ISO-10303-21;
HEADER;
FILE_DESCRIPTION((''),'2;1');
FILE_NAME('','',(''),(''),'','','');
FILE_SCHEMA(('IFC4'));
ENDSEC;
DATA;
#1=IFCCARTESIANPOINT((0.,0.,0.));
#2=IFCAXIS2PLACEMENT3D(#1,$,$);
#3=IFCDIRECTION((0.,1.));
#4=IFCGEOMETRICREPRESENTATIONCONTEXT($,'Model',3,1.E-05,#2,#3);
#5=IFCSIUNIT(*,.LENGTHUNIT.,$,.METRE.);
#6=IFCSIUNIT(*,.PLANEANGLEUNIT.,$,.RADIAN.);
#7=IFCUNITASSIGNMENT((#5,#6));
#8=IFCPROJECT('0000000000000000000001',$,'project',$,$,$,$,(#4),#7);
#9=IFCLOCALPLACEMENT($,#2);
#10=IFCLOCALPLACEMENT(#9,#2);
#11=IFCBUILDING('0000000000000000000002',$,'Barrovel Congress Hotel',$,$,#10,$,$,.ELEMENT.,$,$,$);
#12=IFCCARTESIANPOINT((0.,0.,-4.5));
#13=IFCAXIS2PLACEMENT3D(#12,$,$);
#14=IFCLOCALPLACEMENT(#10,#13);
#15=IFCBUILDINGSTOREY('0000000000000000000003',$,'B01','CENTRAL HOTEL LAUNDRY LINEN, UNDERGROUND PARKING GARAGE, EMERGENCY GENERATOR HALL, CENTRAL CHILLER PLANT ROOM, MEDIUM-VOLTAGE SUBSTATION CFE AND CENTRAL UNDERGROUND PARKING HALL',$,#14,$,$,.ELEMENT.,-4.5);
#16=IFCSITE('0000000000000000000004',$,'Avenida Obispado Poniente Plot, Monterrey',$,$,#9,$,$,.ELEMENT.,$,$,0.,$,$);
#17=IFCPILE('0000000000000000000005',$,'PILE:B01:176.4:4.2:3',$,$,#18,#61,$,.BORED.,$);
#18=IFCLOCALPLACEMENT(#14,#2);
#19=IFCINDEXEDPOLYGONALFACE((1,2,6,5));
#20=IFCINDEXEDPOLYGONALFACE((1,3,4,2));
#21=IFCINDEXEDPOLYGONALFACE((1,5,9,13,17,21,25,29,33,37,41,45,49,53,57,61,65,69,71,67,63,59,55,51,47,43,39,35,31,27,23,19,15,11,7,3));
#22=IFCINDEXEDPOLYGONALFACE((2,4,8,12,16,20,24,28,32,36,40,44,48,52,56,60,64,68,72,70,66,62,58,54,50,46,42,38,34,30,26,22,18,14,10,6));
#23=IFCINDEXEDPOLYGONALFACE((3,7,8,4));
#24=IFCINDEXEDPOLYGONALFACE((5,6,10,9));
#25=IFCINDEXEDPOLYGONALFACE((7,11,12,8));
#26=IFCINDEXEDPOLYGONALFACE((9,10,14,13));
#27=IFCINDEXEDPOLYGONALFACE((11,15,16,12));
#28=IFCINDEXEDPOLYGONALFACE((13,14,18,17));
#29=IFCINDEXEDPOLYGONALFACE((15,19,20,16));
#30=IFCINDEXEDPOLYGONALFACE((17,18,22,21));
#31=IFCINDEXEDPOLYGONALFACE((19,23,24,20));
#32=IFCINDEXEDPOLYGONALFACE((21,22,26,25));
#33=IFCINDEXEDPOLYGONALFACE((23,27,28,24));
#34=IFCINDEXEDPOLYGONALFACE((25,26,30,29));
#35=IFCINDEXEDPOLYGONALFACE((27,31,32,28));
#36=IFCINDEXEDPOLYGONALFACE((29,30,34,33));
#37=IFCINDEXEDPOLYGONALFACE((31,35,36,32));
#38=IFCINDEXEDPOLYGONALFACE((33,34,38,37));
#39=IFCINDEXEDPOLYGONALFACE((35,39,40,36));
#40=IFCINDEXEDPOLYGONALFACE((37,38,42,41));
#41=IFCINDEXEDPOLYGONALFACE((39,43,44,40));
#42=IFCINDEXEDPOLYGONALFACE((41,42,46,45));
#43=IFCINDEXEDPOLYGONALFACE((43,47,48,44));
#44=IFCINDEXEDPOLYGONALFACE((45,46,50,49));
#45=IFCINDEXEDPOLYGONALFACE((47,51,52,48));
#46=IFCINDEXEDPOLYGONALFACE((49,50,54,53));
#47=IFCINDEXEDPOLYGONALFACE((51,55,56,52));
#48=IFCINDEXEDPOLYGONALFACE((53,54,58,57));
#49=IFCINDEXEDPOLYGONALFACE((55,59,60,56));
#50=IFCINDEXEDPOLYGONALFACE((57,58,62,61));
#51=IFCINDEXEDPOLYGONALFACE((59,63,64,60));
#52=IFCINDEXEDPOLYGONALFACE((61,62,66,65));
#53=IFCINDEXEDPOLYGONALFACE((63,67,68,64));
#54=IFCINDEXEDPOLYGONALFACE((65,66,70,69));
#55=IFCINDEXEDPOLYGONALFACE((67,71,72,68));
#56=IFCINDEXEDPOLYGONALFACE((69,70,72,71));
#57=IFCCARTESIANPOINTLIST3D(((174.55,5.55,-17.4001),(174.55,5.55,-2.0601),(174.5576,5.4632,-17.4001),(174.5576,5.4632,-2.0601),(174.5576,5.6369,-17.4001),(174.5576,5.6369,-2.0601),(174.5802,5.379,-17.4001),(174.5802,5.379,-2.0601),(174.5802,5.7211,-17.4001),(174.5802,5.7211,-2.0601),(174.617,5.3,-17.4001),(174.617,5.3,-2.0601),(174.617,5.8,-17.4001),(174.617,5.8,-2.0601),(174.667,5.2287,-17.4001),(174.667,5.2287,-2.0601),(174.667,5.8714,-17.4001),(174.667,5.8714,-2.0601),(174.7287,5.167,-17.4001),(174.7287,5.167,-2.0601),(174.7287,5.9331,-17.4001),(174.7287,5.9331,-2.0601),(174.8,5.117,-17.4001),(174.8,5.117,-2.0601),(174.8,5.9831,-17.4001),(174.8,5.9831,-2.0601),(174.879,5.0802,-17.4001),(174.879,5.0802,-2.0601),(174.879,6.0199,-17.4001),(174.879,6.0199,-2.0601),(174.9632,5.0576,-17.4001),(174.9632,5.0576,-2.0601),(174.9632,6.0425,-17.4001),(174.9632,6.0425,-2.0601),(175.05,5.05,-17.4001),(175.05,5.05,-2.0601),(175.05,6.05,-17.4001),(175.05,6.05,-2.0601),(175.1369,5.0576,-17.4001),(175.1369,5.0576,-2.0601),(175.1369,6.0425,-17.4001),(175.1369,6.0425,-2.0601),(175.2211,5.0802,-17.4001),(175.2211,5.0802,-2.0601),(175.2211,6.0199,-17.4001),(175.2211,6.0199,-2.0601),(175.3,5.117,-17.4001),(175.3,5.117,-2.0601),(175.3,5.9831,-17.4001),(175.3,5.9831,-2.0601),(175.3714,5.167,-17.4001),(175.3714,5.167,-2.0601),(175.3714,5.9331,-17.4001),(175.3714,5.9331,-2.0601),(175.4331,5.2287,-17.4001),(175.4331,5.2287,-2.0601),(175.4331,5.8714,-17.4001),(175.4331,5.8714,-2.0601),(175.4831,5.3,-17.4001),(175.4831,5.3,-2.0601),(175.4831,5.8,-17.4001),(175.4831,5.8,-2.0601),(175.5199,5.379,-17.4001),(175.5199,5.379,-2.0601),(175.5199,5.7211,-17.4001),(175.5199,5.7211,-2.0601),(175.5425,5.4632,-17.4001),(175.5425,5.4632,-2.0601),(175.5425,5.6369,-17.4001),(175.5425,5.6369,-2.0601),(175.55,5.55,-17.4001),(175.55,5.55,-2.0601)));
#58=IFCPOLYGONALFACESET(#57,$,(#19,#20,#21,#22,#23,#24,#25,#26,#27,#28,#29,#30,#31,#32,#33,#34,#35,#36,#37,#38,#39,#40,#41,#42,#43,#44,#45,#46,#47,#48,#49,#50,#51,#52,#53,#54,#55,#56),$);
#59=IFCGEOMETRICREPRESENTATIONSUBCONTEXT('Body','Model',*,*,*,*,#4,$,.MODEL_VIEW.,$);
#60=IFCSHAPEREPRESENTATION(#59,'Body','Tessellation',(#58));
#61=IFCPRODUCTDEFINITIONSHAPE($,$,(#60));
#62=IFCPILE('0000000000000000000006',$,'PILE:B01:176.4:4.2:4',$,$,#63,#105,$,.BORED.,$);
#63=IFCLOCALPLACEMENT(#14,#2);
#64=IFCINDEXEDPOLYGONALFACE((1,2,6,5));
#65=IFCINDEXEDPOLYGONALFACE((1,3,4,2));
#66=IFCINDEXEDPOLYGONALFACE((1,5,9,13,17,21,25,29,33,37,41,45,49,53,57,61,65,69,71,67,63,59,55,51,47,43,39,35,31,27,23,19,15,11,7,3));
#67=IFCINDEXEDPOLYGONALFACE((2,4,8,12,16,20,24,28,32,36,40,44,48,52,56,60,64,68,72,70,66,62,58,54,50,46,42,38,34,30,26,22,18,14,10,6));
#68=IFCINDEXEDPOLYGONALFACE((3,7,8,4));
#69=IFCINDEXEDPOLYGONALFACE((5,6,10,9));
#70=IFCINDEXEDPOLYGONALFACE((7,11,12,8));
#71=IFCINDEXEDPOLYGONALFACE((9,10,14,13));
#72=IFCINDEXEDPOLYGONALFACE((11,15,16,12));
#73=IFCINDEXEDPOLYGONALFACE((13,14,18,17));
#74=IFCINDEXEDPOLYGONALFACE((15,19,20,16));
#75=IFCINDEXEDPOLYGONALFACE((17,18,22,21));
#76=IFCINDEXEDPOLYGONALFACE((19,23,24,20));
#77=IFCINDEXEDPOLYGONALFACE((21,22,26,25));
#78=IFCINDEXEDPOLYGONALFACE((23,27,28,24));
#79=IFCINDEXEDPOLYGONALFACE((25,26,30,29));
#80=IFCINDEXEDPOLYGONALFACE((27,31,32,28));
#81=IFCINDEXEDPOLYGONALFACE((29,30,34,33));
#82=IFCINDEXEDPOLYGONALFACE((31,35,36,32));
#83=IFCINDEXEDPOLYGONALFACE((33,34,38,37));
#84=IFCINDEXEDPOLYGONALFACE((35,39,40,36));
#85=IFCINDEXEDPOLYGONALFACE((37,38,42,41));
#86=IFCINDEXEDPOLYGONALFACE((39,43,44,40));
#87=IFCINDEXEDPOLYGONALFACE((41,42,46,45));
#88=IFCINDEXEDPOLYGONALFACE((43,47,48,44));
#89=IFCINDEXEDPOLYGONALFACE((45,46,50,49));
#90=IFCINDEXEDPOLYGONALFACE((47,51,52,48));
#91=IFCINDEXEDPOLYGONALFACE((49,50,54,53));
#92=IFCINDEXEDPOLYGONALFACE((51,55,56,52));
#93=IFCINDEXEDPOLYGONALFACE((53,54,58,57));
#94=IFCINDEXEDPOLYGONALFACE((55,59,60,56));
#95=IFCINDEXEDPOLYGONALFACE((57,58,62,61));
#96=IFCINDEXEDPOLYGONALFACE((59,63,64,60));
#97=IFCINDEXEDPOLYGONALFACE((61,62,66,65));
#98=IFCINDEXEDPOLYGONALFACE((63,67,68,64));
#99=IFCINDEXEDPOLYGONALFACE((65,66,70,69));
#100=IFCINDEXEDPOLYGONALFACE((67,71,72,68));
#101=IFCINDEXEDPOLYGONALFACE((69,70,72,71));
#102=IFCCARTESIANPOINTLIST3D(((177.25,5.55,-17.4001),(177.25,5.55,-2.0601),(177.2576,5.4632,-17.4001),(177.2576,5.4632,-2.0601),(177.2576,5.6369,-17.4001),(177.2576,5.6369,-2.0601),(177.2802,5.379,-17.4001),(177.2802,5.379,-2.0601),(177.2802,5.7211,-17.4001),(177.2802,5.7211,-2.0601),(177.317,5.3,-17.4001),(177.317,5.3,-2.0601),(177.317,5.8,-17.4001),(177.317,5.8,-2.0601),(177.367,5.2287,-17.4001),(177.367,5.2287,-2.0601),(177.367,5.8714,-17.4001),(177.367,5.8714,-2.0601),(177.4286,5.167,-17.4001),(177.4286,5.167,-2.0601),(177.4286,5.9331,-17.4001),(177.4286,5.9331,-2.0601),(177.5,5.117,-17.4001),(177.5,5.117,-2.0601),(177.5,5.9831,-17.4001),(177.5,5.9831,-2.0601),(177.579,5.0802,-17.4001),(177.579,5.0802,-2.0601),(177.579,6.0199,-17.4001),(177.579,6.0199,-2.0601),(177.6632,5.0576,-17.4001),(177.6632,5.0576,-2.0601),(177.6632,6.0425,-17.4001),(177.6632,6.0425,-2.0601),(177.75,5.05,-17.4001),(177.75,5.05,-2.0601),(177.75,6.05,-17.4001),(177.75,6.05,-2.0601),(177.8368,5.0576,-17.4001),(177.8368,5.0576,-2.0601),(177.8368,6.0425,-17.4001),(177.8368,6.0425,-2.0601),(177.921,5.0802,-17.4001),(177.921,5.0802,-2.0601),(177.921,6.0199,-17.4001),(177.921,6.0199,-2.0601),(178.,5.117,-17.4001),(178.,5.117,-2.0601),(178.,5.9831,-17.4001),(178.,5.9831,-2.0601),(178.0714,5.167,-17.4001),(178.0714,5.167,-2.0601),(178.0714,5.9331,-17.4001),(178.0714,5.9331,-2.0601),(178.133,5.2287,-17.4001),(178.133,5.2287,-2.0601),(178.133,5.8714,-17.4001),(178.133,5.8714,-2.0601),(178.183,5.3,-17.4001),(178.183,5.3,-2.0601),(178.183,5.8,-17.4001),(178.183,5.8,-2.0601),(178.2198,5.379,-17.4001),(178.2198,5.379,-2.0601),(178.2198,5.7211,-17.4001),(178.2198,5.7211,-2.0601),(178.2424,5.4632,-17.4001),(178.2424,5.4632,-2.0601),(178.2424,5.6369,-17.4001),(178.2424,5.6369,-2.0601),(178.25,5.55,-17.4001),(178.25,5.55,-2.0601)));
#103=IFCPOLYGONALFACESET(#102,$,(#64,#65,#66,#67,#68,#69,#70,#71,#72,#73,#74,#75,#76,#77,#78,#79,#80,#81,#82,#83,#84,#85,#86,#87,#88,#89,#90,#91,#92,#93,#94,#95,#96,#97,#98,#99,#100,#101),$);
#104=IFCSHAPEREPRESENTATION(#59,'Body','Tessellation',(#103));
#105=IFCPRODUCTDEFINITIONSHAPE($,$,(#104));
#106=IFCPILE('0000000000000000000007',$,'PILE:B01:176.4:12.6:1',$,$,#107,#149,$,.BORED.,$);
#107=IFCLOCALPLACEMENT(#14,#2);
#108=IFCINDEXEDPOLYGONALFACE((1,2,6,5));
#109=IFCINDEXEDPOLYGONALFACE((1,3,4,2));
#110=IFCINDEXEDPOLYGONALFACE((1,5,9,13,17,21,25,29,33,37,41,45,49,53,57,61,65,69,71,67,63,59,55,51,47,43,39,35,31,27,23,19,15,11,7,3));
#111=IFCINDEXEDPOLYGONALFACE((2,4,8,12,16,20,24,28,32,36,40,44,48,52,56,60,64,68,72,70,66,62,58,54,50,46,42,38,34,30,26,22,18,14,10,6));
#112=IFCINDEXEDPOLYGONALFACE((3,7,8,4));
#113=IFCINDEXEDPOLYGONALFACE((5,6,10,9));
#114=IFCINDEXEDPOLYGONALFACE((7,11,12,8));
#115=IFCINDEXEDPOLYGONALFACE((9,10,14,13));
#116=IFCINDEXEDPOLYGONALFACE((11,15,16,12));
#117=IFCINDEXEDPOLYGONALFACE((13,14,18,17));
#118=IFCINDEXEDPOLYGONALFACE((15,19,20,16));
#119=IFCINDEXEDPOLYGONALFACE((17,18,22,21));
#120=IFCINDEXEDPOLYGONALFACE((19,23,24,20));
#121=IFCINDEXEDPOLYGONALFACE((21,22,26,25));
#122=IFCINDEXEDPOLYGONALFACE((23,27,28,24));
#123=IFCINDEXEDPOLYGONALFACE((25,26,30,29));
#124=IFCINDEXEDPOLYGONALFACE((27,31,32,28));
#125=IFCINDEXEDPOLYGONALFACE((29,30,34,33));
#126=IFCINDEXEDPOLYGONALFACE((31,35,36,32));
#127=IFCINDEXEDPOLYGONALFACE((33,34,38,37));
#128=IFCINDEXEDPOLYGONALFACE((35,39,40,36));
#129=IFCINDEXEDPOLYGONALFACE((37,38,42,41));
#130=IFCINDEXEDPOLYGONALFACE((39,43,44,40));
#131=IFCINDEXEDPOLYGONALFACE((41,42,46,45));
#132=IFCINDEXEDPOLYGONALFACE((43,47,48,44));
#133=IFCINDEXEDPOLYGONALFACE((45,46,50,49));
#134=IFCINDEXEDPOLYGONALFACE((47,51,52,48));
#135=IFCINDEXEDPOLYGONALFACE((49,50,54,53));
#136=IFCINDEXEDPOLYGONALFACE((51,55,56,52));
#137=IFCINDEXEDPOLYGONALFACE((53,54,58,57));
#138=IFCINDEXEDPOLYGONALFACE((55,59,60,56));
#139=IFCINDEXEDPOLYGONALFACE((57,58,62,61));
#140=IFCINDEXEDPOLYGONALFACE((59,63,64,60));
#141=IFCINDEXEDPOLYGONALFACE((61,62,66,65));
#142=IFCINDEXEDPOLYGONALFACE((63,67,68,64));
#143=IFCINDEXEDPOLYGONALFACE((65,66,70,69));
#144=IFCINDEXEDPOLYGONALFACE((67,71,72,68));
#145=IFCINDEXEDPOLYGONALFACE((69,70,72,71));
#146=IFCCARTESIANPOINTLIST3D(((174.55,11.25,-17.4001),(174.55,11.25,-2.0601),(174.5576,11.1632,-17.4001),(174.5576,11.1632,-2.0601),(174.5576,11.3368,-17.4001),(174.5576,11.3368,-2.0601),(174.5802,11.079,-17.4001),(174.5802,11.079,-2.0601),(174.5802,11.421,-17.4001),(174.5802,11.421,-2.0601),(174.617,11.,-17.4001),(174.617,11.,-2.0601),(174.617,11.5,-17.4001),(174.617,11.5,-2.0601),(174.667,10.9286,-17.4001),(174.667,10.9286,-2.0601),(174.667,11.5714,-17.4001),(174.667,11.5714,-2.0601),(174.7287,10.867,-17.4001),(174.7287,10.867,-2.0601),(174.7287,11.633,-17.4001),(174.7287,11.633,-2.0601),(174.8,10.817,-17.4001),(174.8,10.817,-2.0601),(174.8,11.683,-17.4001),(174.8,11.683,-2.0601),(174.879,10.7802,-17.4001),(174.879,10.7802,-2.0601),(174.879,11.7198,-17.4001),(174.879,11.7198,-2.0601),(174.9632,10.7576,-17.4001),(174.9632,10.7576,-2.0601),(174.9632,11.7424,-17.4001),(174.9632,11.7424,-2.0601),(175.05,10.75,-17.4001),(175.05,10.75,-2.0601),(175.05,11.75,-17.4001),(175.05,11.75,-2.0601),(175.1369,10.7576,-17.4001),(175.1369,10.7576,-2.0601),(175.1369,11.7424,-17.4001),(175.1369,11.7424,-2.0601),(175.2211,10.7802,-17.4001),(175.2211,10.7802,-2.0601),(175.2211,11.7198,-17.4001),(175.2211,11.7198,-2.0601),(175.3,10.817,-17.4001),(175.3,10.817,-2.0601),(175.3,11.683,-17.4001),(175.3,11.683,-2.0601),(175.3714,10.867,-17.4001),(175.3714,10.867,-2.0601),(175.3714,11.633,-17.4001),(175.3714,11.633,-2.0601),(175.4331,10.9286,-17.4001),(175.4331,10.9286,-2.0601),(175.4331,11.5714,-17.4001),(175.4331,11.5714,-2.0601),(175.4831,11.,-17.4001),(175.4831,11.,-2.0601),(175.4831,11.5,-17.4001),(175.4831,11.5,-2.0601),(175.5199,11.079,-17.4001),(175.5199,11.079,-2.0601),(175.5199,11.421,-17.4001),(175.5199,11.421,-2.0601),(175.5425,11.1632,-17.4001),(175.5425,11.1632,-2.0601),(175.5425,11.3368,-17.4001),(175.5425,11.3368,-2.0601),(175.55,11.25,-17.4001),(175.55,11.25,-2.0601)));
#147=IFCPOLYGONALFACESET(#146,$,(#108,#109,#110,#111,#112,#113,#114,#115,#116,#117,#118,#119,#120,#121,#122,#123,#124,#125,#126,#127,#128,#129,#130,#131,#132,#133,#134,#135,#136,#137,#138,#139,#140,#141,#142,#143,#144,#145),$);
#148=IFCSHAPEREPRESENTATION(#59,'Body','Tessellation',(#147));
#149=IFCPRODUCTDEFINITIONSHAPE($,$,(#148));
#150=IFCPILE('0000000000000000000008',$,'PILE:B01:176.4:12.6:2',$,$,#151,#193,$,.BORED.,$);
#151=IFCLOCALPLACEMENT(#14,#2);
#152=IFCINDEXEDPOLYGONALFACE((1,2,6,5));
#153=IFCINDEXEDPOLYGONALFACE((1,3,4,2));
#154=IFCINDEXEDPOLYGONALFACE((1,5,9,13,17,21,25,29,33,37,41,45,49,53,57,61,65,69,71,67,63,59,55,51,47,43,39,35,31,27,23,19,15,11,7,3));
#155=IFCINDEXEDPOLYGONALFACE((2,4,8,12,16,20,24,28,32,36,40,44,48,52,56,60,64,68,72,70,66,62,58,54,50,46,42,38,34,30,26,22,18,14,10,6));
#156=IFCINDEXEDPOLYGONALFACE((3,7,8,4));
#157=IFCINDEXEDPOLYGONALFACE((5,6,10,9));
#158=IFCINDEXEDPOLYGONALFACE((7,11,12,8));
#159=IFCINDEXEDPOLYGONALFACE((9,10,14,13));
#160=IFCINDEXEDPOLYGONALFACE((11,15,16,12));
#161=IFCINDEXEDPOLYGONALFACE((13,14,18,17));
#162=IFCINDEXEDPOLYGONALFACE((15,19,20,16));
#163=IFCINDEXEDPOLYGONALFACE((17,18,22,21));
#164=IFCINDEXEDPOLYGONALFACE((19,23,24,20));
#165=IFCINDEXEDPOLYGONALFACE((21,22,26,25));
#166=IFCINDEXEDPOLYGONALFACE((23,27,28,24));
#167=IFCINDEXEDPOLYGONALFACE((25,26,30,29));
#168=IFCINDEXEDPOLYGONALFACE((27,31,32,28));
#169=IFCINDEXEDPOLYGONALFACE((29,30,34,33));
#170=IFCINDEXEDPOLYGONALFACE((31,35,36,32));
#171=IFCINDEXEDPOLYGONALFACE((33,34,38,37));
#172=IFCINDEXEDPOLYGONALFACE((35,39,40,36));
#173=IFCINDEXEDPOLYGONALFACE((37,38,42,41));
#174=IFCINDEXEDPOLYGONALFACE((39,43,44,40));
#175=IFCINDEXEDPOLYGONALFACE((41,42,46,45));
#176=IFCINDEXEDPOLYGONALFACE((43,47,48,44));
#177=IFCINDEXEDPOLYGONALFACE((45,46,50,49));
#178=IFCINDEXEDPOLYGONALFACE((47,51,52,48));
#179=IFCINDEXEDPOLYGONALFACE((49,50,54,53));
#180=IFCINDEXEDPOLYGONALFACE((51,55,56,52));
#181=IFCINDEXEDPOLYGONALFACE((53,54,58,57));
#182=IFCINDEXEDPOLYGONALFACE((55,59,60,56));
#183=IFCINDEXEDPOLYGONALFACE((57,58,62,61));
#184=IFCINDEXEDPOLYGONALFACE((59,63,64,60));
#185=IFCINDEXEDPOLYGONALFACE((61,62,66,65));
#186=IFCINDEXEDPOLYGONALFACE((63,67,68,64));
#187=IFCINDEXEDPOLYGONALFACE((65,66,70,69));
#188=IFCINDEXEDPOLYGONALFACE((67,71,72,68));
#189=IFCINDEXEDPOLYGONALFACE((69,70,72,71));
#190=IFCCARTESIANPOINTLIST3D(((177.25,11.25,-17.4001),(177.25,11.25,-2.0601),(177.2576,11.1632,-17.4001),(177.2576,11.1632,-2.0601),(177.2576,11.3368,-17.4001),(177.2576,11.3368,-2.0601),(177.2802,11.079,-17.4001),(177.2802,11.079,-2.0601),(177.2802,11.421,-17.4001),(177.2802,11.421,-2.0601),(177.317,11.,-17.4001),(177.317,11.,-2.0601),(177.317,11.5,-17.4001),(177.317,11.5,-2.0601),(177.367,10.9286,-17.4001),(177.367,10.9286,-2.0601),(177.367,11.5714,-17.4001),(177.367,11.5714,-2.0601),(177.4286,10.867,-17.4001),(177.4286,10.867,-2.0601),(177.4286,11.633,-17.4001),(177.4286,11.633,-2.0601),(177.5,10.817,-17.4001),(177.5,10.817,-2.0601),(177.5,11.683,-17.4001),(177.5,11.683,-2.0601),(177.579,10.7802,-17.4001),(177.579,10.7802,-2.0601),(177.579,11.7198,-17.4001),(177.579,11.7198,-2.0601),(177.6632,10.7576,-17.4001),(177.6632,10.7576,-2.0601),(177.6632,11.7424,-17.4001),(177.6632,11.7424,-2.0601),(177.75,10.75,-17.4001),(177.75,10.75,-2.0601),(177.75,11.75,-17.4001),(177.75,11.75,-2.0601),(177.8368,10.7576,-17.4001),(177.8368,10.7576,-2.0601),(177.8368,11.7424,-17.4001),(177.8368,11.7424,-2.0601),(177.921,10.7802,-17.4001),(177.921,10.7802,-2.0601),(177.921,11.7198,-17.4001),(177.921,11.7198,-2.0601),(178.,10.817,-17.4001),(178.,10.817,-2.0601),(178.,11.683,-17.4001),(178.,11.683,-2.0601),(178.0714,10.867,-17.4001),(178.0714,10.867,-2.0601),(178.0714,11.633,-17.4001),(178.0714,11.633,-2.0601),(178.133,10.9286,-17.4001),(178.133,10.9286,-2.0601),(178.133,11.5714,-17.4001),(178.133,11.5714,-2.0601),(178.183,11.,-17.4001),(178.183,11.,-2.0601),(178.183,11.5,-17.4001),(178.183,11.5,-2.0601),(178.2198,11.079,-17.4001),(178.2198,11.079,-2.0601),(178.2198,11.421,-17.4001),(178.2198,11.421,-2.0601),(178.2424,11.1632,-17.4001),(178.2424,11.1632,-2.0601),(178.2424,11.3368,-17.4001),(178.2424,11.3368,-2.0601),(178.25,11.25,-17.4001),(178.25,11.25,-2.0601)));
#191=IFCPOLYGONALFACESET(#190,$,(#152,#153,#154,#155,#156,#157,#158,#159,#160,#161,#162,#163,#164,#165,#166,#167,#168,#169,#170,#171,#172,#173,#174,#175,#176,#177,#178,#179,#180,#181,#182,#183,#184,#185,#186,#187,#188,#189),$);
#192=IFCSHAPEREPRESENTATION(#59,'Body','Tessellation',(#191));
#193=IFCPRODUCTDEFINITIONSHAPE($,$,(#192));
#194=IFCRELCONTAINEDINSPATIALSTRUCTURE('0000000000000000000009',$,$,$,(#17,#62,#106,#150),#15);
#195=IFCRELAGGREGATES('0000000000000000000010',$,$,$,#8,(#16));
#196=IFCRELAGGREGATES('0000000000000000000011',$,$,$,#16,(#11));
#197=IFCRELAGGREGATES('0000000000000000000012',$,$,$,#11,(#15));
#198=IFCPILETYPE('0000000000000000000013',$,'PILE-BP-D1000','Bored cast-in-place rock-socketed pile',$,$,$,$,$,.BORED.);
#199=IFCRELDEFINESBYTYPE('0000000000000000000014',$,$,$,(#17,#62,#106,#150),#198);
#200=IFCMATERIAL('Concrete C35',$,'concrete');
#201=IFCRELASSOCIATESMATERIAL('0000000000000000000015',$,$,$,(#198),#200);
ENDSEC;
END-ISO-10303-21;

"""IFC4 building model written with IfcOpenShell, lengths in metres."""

from ifc_helpers import new_model, si_unit, direction, frame, origin, origin_2d, place, context, subcontext, project, spatial, circle, extrude, material, material_profile, profile_set, type_object, element, save


model = new_model("IFC4")

# Units and contexts
model_context = context("Model", 3, precision=1e-05, world=origin(), true_north=direction((0.0, 1.0)))
body_context = subcontext(model_context, "Body", "Model", "MODEL_VIEW")
ifc_project = project(units=[si_unit("LENGTHUNIT", "METRE"), si_unit("PLANEANGLEUNIT", "RADIAN")], contexts=[model_context])

# Site, building, storey
site_placement = place(None, origin())
site = spatial("IfcSite", under=ifc_project, at=site_placement, Name="Avenida Obispado Poniente Plot, Monterrey", CompositionType="ELEMENT", RefElevation=0.0)
building_placement = place(site_placement, origin())
building = spatial("IfcBuilding", under=site, at=building_placement, Name="Barrovel Congress Hotel", CompositionType="ELEMENT")
storey_placement = place(building_placement, frame((0.0, 0.0, -4.5)))
storey = spatial("IfcBuildingStorey", under=building, at=storey_placement, Name="B01", Description="CENTRAL HOTEL LAUNDRY LINEN, UNDERGROUND PARKING GARAGE, EMERGENCY GENERATOR HALL, CENTRAL CHILLER PLANT ROOM, MEDIUM-VOLTAGE SUBSTATION CFE AND CENTRAL UNDERGROUND PARKING HALL", CompositionType="ELEMENT", Elevation=-4.5)

# Piles
ifc_material_1 = material(Name="Concrete C35", Category="concrete")
ifc_material_profile_1 = material_profile(ifc_material_1, circle(Radius=0.5, at=origin_2d()), Name="BP-D1000")
ifc_profile_set_1 = profile_set([ifc_material_profile_1], Name="Concrete C35")
pile_type = type_object("IfcPileType", Name="PILE-BP-D1000", Description="Bored cast-in-place rock-socketed pile", PredefinedType="BORED", material=ifc_profile_set_1)
for number, where, z_axis, x_axis, name in (
    (1, (175.05, 5.55, -2.0601), (0.0, 0.0, -1.0), (1.0, 0.0, 0.0), "PILE:B01:176.4:4.2:3"),
    (2, (177.75, 5.55, -2.0601), (0.0, 0.0, -1.0), (1.0, 0.0, 0.0), "PILE:B01:176.4:4.2:4"),
    (3, (175.05, 11.25, -2.0601), (0.0, 0.0, -1.0), (1.0, 0.0, 0.0), "PILE:B01:176.4:12.6:1"),
    (4, (177.75, 11.25, -2.0601), (0.0, 0.0, -1.0), (1.0, 0.0, 0.0), "PILE:B01:176.4:12.6:2"),
):
    element("IfcPile", number, at=place(storey_placement, frame(where, z_axis=z_axis, x_axis=x_axis)), inside=storey, type_object=pile_type, Name=name, PredefinedType="BORED", context=body_context, shape_type="SweptSolid", body=[
        extrude(circle(Radius=0.5, at=origin_2d()), origin(), (0.0, 0.0, 1.0), 15.3401),
    ])

save(model, "model.ifc")
